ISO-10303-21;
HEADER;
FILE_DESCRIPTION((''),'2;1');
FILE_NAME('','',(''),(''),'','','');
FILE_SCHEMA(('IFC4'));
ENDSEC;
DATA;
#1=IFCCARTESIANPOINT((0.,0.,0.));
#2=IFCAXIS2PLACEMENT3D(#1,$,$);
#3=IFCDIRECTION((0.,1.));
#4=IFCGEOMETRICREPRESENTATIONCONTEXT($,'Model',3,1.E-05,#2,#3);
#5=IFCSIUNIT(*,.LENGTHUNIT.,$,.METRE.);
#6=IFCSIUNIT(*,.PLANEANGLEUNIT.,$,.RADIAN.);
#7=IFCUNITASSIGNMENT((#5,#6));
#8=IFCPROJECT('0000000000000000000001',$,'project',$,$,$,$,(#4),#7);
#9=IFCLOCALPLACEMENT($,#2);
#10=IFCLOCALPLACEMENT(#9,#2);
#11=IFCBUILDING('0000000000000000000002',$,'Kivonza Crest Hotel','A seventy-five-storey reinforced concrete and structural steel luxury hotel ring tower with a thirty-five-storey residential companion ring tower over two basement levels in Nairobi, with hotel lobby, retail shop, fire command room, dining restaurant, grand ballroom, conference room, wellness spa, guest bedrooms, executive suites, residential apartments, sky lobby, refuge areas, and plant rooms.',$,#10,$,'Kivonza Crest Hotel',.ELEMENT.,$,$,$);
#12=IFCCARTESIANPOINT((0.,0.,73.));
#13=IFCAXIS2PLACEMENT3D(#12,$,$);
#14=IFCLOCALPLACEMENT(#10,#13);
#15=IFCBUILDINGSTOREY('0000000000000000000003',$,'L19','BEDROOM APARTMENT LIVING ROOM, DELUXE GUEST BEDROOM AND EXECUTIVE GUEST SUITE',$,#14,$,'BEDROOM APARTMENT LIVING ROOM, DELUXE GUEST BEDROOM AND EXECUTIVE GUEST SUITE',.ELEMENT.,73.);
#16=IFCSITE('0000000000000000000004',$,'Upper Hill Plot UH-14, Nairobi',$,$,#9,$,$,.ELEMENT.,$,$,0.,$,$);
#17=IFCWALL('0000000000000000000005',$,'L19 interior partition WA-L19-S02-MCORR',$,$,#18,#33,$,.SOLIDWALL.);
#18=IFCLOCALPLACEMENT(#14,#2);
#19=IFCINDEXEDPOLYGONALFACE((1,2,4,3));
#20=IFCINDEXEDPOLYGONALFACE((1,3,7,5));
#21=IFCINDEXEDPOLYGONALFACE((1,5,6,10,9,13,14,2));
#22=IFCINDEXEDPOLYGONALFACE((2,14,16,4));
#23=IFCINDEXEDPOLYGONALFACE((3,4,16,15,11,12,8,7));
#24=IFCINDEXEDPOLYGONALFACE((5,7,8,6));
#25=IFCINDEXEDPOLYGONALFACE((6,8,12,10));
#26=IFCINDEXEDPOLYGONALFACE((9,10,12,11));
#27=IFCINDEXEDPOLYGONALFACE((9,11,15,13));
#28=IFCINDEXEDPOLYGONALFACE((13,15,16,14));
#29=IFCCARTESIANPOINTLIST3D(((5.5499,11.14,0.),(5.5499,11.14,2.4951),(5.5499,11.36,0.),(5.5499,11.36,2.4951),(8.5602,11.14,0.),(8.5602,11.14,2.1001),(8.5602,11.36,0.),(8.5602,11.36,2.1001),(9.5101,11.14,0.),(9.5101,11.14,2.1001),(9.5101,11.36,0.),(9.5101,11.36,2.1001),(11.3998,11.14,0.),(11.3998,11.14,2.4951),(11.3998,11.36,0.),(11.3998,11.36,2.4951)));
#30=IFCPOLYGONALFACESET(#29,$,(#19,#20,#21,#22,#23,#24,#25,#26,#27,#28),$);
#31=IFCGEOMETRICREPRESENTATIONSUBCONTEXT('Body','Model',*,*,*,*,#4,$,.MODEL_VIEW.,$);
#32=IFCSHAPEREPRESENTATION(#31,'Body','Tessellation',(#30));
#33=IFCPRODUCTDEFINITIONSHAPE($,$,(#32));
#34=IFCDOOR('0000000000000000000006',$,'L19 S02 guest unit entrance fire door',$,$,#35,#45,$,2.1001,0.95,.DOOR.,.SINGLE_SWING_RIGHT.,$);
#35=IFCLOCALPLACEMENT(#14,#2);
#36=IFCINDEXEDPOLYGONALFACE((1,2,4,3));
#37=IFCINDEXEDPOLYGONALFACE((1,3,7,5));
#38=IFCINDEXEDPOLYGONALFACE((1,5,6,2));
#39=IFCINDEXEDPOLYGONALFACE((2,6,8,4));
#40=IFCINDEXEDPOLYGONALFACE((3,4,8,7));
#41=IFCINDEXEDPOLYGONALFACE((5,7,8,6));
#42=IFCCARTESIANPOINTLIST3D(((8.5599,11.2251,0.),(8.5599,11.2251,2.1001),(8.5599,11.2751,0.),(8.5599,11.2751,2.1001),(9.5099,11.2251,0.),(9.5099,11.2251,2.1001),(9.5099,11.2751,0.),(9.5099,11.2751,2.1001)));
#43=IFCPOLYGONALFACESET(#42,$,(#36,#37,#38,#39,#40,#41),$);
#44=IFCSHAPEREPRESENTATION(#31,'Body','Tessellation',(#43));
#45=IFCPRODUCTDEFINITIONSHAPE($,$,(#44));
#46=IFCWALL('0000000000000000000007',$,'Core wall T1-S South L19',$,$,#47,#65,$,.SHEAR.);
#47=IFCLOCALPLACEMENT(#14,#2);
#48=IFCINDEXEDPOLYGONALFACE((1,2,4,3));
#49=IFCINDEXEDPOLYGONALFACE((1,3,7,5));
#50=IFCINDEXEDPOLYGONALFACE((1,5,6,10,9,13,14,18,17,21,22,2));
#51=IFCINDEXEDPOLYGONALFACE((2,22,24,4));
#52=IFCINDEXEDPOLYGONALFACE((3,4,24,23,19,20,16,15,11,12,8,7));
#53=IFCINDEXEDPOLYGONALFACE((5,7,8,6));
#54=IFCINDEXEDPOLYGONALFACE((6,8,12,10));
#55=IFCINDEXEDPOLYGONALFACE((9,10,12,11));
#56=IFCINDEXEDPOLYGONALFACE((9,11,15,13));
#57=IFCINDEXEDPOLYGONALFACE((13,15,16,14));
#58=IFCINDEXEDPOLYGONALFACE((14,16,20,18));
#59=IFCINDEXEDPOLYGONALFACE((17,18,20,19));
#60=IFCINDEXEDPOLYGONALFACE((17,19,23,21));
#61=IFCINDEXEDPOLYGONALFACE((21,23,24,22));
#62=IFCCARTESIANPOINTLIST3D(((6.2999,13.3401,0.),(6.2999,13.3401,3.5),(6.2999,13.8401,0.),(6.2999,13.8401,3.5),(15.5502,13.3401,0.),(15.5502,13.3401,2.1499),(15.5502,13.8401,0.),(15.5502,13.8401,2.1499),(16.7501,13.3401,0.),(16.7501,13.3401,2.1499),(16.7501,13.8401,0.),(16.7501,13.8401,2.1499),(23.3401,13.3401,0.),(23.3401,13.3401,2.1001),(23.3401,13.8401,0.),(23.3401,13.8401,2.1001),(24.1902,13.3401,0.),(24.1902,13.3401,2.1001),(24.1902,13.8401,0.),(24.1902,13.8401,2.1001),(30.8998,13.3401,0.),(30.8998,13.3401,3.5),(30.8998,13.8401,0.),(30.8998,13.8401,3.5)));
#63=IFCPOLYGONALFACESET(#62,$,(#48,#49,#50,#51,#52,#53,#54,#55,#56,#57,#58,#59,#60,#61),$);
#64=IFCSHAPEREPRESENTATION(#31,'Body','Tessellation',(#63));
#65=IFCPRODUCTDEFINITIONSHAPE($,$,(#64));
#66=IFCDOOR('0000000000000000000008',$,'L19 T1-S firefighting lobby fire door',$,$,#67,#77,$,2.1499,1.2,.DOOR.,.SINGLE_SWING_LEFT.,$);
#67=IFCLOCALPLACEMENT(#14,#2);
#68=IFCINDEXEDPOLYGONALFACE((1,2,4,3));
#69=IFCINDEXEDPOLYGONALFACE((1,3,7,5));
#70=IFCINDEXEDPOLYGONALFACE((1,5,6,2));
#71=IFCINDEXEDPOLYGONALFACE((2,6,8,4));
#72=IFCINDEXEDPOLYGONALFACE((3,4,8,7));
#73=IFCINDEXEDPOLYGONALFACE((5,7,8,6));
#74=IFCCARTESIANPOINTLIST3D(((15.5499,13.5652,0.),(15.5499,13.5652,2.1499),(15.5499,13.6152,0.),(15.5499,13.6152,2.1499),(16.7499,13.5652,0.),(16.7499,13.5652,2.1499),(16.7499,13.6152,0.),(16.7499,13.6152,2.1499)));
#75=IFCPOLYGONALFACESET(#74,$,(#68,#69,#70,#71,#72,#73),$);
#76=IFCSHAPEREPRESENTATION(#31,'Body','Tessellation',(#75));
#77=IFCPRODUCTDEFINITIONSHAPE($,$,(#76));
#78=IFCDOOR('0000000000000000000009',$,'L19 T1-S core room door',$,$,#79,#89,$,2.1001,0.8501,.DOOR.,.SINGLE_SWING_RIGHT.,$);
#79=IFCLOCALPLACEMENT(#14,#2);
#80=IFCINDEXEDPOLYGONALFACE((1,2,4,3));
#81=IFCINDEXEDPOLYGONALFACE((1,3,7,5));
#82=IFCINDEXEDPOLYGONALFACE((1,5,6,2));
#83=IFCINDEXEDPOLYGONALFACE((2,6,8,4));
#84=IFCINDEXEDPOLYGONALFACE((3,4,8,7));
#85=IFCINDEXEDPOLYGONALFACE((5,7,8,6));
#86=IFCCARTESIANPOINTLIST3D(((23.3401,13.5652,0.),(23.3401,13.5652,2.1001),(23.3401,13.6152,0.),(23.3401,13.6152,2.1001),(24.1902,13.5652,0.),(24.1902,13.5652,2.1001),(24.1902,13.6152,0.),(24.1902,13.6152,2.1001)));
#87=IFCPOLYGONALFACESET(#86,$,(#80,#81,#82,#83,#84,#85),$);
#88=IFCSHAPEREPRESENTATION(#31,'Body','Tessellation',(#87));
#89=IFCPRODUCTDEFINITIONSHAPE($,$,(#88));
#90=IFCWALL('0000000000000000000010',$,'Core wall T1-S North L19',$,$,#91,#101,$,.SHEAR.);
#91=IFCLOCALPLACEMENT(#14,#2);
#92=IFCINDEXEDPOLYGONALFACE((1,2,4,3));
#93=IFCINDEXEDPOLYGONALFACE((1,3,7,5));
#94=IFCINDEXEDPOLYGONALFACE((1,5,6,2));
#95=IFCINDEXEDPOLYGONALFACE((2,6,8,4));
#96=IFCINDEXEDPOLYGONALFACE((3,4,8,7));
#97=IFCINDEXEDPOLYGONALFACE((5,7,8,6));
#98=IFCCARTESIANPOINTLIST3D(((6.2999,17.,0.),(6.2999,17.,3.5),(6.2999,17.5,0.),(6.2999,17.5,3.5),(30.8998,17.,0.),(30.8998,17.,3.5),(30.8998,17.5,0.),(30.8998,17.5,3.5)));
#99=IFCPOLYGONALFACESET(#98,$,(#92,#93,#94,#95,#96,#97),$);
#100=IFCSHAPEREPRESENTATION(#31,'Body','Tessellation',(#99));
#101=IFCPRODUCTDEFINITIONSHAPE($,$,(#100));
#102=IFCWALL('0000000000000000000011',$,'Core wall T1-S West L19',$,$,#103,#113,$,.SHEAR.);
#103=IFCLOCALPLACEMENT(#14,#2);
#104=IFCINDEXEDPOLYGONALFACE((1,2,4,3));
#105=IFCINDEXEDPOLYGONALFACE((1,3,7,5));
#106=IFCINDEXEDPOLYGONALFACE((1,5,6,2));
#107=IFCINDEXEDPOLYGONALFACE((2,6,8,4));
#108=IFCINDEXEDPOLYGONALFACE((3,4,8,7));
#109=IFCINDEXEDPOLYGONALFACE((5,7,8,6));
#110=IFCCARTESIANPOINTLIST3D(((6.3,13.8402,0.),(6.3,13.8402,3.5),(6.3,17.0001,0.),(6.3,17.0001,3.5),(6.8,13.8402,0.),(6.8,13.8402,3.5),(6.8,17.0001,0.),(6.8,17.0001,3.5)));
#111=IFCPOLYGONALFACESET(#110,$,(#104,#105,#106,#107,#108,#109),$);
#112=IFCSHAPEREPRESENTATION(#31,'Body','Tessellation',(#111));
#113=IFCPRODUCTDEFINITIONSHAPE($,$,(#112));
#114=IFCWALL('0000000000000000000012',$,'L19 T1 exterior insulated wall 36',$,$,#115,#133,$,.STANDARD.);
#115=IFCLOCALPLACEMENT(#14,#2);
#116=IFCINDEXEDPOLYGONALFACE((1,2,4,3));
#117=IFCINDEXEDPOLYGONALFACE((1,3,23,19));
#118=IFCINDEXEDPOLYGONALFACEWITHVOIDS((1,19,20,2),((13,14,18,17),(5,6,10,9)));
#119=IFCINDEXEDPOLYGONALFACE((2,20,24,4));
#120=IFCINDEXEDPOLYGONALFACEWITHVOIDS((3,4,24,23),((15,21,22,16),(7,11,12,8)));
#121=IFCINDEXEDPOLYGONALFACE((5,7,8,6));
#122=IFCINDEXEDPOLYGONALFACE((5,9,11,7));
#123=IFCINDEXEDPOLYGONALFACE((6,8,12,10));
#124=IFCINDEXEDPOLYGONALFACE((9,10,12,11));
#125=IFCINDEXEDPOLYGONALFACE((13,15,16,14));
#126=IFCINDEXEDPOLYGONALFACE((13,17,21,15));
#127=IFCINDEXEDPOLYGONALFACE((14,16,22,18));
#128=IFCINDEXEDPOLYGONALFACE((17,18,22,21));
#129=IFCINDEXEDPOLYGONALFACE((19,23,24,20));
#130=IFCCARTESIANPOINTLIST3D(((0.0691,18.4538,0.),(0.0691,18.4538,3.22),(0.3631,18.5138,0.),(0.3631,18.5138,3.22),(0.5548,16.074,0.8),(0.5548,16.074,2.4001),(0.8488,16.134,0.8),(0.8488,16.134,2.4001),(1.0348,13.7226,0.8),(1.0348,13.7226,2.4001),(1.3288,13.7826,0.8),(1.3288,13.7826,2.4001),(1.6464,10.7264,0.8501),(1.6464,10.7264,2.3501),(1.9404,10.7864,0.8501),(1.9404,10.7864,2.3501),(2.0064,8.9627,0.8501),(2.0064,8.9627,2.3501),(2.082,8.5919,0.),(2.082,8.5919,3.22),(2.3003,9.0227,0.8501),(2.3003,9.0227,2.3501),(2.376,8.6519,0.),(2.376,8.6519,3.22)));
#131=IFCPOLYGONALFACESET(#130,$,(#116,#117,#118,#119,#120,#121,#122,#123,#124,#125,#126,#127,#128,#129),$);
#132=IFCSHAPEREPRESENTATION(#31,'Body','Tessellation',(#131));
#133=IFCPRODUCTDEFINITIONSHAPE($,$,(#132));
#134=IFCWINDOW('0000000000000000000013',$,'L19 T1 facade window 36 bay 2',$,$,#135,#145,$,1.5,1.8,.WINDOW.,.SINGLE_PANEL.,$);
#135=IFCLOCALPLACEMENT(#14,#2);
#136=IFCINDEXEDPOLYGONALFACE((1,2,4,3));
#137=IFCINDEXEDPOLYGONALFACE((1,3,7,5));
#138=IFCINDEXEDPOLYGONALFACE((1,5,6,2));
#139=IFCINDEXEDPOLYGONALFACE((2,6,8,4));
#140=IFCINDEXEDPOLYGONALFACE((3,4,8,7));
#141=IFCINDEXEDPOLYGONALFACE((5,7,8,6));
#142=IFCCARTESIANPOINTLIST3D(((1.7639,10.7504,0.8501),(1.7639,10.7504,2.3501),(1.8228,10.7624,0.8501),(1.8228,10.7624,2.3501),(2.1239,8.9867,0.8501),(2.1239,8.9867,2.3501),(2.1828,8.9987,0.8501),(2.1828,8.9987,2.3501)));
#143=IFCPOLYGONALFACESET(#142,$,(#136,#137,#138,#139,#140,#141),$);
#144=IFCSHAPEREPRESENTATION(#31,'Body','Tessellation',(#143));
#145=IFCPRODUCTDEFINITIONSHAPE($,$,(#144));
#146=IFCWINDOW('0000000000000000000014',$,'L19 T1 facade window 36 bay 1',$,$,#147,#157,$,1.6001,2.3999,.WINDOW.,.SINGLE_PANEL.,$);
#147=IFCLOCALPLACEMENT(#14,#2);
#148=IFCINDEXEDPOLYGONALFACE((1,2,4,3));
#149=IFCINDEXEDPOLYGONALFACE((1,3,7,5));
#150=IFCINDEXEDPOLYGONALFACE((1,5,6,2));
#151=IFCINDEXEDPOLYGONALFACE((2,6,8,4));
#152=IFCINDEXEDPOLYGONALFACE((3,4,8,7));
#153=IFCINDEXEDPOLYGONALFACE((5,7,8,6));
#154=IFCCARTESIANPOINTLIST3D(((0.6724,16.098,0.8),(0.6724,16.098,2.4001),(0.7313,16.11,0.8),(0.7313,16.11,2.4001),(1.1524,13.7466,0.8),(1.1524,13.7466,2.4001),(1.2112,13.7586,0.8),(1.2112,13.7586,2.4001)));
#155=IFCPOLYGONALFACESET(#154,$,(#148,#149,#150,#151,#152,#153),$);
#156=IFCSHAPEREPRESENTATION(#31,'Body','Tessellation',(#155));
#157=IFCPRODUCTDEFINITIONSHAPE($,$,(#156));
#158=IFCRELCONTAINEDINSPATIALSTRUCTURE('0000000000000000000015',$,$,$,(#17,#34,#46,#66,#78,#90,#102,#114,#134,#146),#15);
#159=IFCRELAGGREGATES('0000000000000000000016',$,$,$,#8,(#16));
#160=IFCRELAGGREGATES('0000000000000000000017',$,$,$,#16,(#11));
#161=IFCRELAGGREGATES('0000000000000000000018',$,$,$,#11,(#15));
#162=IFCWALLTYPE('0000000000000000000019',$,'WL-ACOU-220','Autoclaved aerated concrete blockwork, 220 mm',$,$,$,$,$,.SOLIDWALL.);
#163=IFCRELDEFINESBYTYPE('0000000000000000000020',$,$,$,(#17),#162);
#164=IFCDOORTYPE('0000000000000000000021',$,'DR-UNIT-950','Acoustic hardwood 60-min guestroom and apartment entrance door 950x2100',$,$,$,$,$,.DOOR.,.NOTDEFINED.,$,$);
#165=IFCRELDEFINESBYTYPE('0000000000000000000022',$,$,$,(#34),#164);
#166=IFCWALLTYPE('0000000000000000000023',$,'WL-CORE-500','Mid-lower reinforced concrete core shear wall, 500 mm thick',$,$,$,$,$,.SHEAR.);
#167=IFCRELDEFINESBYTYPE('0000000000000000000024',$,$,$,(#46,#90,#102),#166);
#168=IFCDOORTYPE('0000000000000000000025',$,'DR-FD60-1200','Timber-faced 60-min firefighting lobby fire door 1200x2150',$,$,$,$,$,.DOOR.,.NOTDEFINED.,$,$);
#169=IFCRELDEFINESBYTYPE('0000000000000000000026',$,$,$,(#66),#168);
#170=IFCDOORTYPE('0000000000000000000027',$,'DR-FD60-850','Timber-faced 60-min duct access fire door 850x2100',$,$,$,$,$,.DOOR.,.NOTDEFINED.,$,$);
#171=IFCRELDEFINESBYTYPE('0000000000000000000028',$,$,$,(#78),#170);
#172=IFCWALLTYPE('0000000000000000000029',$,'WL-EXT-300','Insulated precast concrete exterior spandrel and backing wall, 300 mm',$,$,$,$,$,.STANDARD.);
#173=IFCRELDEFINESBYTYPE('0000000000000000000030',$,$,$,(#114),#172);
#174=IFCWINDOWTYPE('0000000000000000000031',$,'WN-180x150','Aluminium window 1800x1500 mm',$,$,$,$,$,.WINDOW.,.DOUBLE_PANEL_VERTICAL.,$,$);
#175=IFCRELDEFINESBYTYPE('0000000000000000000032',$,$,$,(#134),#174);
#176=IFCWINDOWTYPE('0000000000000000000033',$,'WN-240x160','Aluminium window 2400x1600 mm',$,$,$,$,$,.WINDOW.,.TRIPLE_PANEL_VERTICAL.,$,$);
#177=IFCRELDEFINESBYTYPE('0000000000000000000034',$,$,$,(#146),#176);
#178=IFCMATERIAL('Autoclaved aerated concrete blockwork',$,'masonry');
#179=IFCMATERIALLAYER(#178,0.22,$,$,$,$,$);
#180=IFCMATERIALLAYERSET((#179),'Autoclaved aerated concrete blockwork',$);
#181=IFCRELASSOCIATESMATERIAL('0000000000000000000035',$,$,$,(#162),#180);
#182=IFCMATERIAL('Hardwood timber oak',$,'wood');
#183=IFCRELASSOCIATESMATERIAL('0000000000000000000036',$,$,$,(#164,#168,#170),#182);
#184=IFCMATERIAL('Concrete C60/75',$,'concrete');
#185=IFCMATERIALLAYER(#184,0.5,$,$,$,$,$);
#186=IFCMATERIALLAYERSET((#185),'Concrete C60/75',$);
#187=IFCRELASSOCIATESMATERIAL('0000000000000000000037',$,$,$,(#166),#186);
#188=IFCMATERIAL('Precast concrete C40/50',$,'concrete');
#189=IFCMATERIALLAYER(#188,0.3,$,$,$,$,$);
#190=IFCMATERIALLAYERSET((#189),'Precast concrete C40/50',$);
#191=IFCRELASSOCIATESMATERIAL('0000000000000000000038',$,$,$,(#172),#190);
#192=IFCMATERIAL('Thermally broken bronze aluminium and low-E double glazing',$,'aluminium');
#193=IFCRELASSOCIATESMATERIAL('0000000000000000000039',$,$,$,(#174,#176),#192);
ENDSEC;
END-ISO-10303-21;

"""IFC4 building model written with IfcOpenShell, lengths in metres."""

from ifc_helpers import new_model, si_unit, direction, frame, frame_2d, origin, place, context, subcontext, project, spatial, rectangle, extrude, material, layer, layer_set, type_object, element, fill, save


model = new_model("IFC4")

# Units and contexts
model_context = context("Model", 3, precision=1e-05, world=origin(), true_north=direction((0.0, 1.0)))
body_context = subcontext(model_context, "Body", "Model", "MODEL_VIEW")
ifc_project = project(units=[si_unit("LENGTHUNIT", "METRE"), si_unit("PLANEANGLEUNIT", "RADIAN")], contexts=[model_context])

# Site, building, storey
site_placement = place(None, origin())
site = spatial("IfcSite", under=ifc_project, at=site_placement, Name="Upper Hill Plot UH-14, Nairobi", CompositionType="ELEMENT", RefElevation=0.0)
building_placement = place(site_placement, origin())
building = spatial("IfcBuilding", under=site, at=building_placement, Name="Kivonza Crest Hotel", Description="A seventy-five-storey reinforced concrete and structural steel luxury hotel ring tower with a thirty-five-storey residential companion ring tower over two basement levels in Nairobi, with hotel lobby, retail shop, fire command room, dining restaurant, grand ballroom, conference room, wellness spa, guest bedrooms, executive suites, residential apartments, sky lobby, refuge areas, and plant rooms.", LongName="Kivonza Crest Hotel", CompositionType="ELEMENT")
storey_placement = place(building_placement, frame((0.0, 0.0, 73.0)))
storey = spatial("IfcBuildingStorey", under=building, at=storey_placement, Name="L19", Description="BEDROOM APARTMENT LIVING ROOM, DELUXE GUEST BEDROOM AND EXECUTIVE GUEST SUITE", LongName="BEDROOM APARTMENT LIVING ROOM, DELUXE GUEST BEDROOM AND EXECUTIVE GUEST SUITE", CompositionType="ELEMENT", Elevation=73.0)

# Shared definitions
ifc_material_1 = material(Name="Concrete C60/75", Category="concrete")

# Wall, opening, door
ifc_material_2 = material(Name="Autoclaved aerated concrete blockwork", Category="masonry")
ifc_layer_1 = layer(ifc_material_2, 0.22)
ifc_layer_set_1 = layer_set([ifc_layer_1], Name="Autoclaved aerated concrete blockwork")
wall_type_1 = type_object("IfcWallType", Name="WL-ACOU-220", Description="Autoclaved aerated concrete blockwork, 220 mm", PredefinedType="SOLIDWALL", material=ifc_layer_set_1)
wall_1_placement = place(storey_placement, frame((5.55, 11.25, 0.0), z_axis=(0.0, 0.0, 1.0), x_axis=(1.0, 0.0, 0.0)))
wall_1 = element("IfcWall", 1, at=wall_1_placement, inside=storey, type_object=wall_type_1, Name="L19 interior partition WA-L19-S02-MCORR", PredefinedType="SOLIDWALL", context=body_context, shape_type="SweptSolid", body=[
    extrude(rectangle(XDim=5.8499, YDim=0.22, at=frame_2d((2.9248, 0.0))), origin(), (0.0, 0.0, 1.0), 2.4951),
])
opening_1_placement = place(wall_1_placement, frame((3.01, 0.0, 0.0)))
opening_1 = element("IfcOpeningElement", 2, at=opening_1_placement, cuts=wall_1, PredefinedType="OPENING", context=body_context, shape_type="SweptSolid", body=[
    extrude(rectangle(XDim=0.95, YDim=2.1001, at=frame_2d((0.4751, 1.05))), frame((0.0, 0.1201, 0.0), z_axis=(0.0, -1.0, 0.0), x_axis=(1.0, 0.0, 0.0)), (0.0, 0.0, 1.0), 0.24),
])
ifc_material_3 = material(Name="Hardwood timber oak", Category="wood")
door_type_1 = type_object("IfcDoorType", Name="DR-UNIT-950", Description="Acoustic hardwood 60-min guestroom and apartment entrance door 950x2100", OperationType="NOTDEFINED", PredefinedType="DOOR", material=ifc_material_3)
door_1_placement = place(opening_1_placement, frame((0.95, 0.0, 0.0), z_axis=(0.0, 0.0, 1.0), x_axis=(-1.0, 0.0, 0.0)))
door_1 = element("IfcDoor", 3, at=door_1_placement, inside=storey, type_object=door_type_1, Name="L19 S02 guest unit entrance fire door", OperationType="SINGLE_SWING_RIGHT", OverallHeight=2.1001, OverallWidth=0.95, PredefinedType="DOOR", context=body_context, shape_type="SweptSolid", body=[
    extrude(rectangle(XDim=0.95, YDim=2.1001, at=frame_2d((0.4751, 1.05))), frame((0.0, 0.0249, 0.0), z_axis=(0.0, -1.0, 0.0), x_axis=(1.0, 0.0, 0.0)), (0.0, 0.0, 1.0), 0.05),
])
fill(opening_1, door_1)

# Wall, openings, doors
ifc_layer_2 = layer(ifc_material_1, 0.5)
ifc_layer_set_2 = layer_set([ifc_layer_2], Name="Concrete C60/75")
wall_type_2 = type_object("IfcWallType", Name="WL-CORE-500", Description="Mid-lower reinforced concrete core shear wall, 500 mm thick", PredefinedType="SHEAR", material=ifc_layer_set_2)
wall_2_placement = place(storey_placement, frame((6.3, 13.5901, 0.0), z_axis=(0.0, 0.0, 1.0), x_axis=(1.0, 0.0, 0.0)))
wall_2 = element("IfcWall", 4, at=wall_2_placement, inside=storey, type_object=wall_type_2, Name="Core wall T1-S South L19", PredefinedType="SHEAR", context=body_context, shape_type="SweptSolid", body=[
    extrude(rectangle(XDim=24.5999, YDim=0.5, at=frame_2d((12.2998, 0.0))), origin(), (0.0, 0.0, 1.0), 3.5),
])
opening_2_placement = place(wall_2_placement, frame((9.25, 0.0, 0.0)))
opening_2 = element("IfcOpeningElement", 5, at=opening_2_placement, cuts=wall_2, PredefinedType="OPENING", context=body_context, shape_type="SweptSolid", body=[
    extrude(rectangle(XDim=1.2, YDim=2.1499, at=frame_2d((0.6001, 1.075))), frame((0.0, 0.26, 0.0), z_axis=(0.0, -1.0, 0.0), x_axis=(1.0, 0.0, 0.0)), (0.0, 0.0, 1.0), 0.52),
])
opening_3_placement = place(wall_2_placement, frame((17.04, 0.0, 0.0)))
opening_3 = element("IfcOpeningElement", 6, at=opening_3_placement, cuts=wall_2, PredefinedType="OPENING", context=body_context, shape_type="SweptSolid", body=[
    extrude(rectangle(XDim=0.8501, YDim=2.1001, at=frame_2d((0.425, 1.05))), frame((0.0, 0.26, 0.0), z_axis=(0.0, -1.0, 0.0), x_axis=(1.0, 0.0, 0.0)), (0.0, 0.0, 1.0), 0.52),
])
door_type_2 = type_object("IfcDoorType", Name="DR-FD60-1200", Description="Timber-faced 60-min firefighting lobby fire door 1200x2150", OperationType="NOTDEFINED", PredefinedType="DOOR", material=ifc_material_3)
door_2_placement = place(opening_2_placement, frame((1.2, 0.0, 0.0), z_axis=(0.0, 0.0, 1.0), x_axis=(-1.0, 0.0, 0.0)))
door_2 = element("IfcDoor", 7, at=door_2_placement, inside=storey, type_object=door_type_2, Name="L19 T1-S firefighting lobby fire door", OperationType="SINGLE_SWING_LEFT", OverallHeight=2.1499, OverallWidth=1.2, PredefinedType="DOOR", context=body_context, shape_type="SweptSolid", body=[
    extrude(rectangle(XDim=1.2, YDim=2.1499, at=frame_2d((0.6001, 1.075))), frame((0.0, 0.0249, 0.0), z_axis=(0.0, -1.0, 0.0), x_axis=(1.0, 0.0, 0.0)), (0.0, 0.0, 1.0), 0.05),
])
fill(opening_2, door_2)
door_type_3 = type_object("IfcDoorType", Name="DR-FD60-850", Description="Timber-faced 60-min duct access fire door 850x2100", OperationType="NOTDEFINED", PredefinedType="DOOR", material=ifc_material_3)
door_3_placement = place(opening_3_placement, frame((0.8501, 0.0, 0.0), z_axis=(0.0, 0.0, 1.0), x_axis=(-1.0, 0.0, 0.0)))
door_3 = element("IfcDoor", 8, at=door_3_placement, inside=storey, type_object=door_type_3, Name="L19 T1-S core room door", OperationType="SINGLE_SWING_RIGHT", OverallHeight=2.1001, OverallWidth=0.8501, PredefinedType="DOOR", context=body_context, shape_type="SweptSolid", body=[
    extrude(rectangle(XDim=0.8501, YDim=2.1001, at=frame_2d((0.425, 1.05))), frame((0.0, 0.0249, 0.0), z_axis=(0.0, -1.0, 0.0), x_axis=(1.0, 0.0, 0.0)), (0.0, 0.0, 1.0), 0.05),
])
fill(opening_3, door_3)

# Walls
wall_3_placement = place(storey_placement, frame((6.3, 17.25, 0.0), z_axis=(0.0, 0.0, 1.0), x_axis=(1.0, 0.0, 0.0)))
element("IfcWall", 9, at=wall_3_placement, inside=storey, type_object=wall_type_2, Name="Core wall T1-S North L19", PredefinedType="SHEAR", context=body_context, shape_type="SweptSolid", body=[
    extrude(rectangle(XDim=24.5999, YDim=0.5, at=frame_2d((12.2998, 0.0))), origin(), (0.0, 0.0, 1.0), 3.5),
])
wall_4_placement = place(storey_placement, frame((6.55, 13.8401, 0.0), z_axis=(0.0, 0.0, 1.0), x_axis=(0.0, 1.0, 0.0)))
element("IfcWall", 10, at=wall_4_placement, inside=storey, type_object=wall_type_2, Name="Core wall T1-S West L19", PredefinedType="SHEAR", context=body_context, shape_type="SweptSolid", body=[
    extrude(rectangle(XDim=3.1599, YDim=0.5, at=frame_2d((1.5801, 0.0))), origin(), (0.0, 0.0, 1.0), 3.5),
])

# Wall, openings, windows
ifc_material_4 = material(Name="Precast concrete C40/50", Category="concrete")
ifc_layer_3 = layer(ifc_material_4, 0.3)
ifc_layer_set_3 = layer_set([ifc_layer_3], Name="Precast concrete C40/50")
wall_type_3 = type_object("IfcWallType", Name="WL-EXT-300", Description="Insulated precast concrete exterior spandrel and backing wall, 300 mm", PredefinedType="STANDARD", material=ifc_layer_set_3)
wall_5_placement = place(storey_placement, frame((0.2161, 18.4839, 0.0), z_axis=(0.0, 0.0, 1.0), x_axis=(0.199991, -0.979798, 0.0)))
wall_5 = element("IfcWall", 11, at=wall_5_placement, inside=storey, type_object=wall_type_3, Name="L19 T1 exterior insulated wall 36", PredefinedType="STANDARD", context=body_context, shape_type="SweptSolid", body=[
    extrude(rectangle(XDim=10.0652, YDim=0.3, at=frame_2d((5.0327, 0.0))), origin(), (0.0, 0.0, 1.0), 3.22),
])
opening_4_placement = place(wall_5_placement, frame((2.429, 0.0, 0.8)))
opening_4 = element("IfcOpeningElement", 12, at=opening_4_placement, cuts=wall_5, PredefinedType="OPENING", context=body_context, shape_type="SweptSolid", body=[
    extrude(rectangle(XDim=2.3999, YDim=1.6001, at=frame_2d((1.2, 0.8))), frame((0.0, 0.1602, 0.0), z_axis=(0.0, -1.0, 0.0), x_axis=(1.0, 0.0, 0.0)), (0.0, 0.0, 1.0), 0.3201),
])
opening_5_placement = place(wall_5_placement, frame((7.887, 0.0, 0.8501)))
opening_5 = element("IfcOpeningElement", 13, at=opening_5_placement, cuts=wall_5, PredefinedType="OPENING", context=body_context, shape_type="SweptSolid", body=[
    extrude(rectangle(XDim=1.8, YDim=1.5, at=frame_2d((0.8999, 0.75))), frame((0.0, 0.1602, 0.0), z_axis=(0.0, -1.0, 0.0), x_axis=(1.0, 0.0, 0.0)), (0.0, 0.0, 1.0), 0.3201),
])
ifc_material_5 = material(Name="Thermally broken bronze aluminium and low-E double glazing", Category="aluminium")
window_type_1 = type_object("IfcWindowType", Name="WN-180x150", Description="Aluminium window 1800x1500 mm", PartitioningType="DOUBLE_PANEL_VERTICAL", PredefinedType="WINDOW", material=ifc_material_5)
window_1_placement = place(opening_5_placement, origin())
window_1 = element("IfcWindow", 14, at=window_1_placement, inside=storey, type_object=window_type_1, Name="L19 T1 facade window 36 bay 2", OverallHeight=1.5, OverallWidth=1.8, PartitioningType="SINGLE_PANEL", PredefinedType="WINDOW", context=body_context, shape_type="SweptSolid", body=[
    extrude(rectangle(XDim=1.8, YDim=1.5, at=frame_2d((0.8999, 0.75))), frame((0.0, 0.03, 0.0), z_axis=(0.0, -1.0, 0.0), x_axis=(1.0, 0.0, 0.0)), (0.0, 0.0, 1.0), 0.0601),
])
fill(opening_5, window_1)
window_type_2 = type_object("IfcWindowType", Name="WN-240x160", Description="Aluminium window 2400x1600 mm", PartitioningType="TRIPLE_PANEL_VERTICAL", PredefinedType="WINDOW", material=ifc_material_5)
window_2_placement = place(opening_4_placement, origin())
window_2 = element("IfcWindow", 15, at=window_2_placement, inside=storey, type_object=window_type_2, Name="L19 T1 facade window 36 bay 1", OverallHeight=1.6001, OverallWidth=2.3999, PartitioningType="SINGLE_PANEL", PredefinedType="WINDOW", context=body_context, shape_type="SweptSolid", body=[
    extrude(rectangle(XDim=2.3999, YDim=1.6001, at=frame_2d((1.2, 0.8))), frame((0.0, 0.03, 0.0), z_axis=(0.0, -1.0, 0.0), x_axis=(1.0, 0.0, 0.0)), (0.0, 0.0, 1.0), 0.0601),
])
fill(opening_4, window_2)

save(model, "model.ifc")
